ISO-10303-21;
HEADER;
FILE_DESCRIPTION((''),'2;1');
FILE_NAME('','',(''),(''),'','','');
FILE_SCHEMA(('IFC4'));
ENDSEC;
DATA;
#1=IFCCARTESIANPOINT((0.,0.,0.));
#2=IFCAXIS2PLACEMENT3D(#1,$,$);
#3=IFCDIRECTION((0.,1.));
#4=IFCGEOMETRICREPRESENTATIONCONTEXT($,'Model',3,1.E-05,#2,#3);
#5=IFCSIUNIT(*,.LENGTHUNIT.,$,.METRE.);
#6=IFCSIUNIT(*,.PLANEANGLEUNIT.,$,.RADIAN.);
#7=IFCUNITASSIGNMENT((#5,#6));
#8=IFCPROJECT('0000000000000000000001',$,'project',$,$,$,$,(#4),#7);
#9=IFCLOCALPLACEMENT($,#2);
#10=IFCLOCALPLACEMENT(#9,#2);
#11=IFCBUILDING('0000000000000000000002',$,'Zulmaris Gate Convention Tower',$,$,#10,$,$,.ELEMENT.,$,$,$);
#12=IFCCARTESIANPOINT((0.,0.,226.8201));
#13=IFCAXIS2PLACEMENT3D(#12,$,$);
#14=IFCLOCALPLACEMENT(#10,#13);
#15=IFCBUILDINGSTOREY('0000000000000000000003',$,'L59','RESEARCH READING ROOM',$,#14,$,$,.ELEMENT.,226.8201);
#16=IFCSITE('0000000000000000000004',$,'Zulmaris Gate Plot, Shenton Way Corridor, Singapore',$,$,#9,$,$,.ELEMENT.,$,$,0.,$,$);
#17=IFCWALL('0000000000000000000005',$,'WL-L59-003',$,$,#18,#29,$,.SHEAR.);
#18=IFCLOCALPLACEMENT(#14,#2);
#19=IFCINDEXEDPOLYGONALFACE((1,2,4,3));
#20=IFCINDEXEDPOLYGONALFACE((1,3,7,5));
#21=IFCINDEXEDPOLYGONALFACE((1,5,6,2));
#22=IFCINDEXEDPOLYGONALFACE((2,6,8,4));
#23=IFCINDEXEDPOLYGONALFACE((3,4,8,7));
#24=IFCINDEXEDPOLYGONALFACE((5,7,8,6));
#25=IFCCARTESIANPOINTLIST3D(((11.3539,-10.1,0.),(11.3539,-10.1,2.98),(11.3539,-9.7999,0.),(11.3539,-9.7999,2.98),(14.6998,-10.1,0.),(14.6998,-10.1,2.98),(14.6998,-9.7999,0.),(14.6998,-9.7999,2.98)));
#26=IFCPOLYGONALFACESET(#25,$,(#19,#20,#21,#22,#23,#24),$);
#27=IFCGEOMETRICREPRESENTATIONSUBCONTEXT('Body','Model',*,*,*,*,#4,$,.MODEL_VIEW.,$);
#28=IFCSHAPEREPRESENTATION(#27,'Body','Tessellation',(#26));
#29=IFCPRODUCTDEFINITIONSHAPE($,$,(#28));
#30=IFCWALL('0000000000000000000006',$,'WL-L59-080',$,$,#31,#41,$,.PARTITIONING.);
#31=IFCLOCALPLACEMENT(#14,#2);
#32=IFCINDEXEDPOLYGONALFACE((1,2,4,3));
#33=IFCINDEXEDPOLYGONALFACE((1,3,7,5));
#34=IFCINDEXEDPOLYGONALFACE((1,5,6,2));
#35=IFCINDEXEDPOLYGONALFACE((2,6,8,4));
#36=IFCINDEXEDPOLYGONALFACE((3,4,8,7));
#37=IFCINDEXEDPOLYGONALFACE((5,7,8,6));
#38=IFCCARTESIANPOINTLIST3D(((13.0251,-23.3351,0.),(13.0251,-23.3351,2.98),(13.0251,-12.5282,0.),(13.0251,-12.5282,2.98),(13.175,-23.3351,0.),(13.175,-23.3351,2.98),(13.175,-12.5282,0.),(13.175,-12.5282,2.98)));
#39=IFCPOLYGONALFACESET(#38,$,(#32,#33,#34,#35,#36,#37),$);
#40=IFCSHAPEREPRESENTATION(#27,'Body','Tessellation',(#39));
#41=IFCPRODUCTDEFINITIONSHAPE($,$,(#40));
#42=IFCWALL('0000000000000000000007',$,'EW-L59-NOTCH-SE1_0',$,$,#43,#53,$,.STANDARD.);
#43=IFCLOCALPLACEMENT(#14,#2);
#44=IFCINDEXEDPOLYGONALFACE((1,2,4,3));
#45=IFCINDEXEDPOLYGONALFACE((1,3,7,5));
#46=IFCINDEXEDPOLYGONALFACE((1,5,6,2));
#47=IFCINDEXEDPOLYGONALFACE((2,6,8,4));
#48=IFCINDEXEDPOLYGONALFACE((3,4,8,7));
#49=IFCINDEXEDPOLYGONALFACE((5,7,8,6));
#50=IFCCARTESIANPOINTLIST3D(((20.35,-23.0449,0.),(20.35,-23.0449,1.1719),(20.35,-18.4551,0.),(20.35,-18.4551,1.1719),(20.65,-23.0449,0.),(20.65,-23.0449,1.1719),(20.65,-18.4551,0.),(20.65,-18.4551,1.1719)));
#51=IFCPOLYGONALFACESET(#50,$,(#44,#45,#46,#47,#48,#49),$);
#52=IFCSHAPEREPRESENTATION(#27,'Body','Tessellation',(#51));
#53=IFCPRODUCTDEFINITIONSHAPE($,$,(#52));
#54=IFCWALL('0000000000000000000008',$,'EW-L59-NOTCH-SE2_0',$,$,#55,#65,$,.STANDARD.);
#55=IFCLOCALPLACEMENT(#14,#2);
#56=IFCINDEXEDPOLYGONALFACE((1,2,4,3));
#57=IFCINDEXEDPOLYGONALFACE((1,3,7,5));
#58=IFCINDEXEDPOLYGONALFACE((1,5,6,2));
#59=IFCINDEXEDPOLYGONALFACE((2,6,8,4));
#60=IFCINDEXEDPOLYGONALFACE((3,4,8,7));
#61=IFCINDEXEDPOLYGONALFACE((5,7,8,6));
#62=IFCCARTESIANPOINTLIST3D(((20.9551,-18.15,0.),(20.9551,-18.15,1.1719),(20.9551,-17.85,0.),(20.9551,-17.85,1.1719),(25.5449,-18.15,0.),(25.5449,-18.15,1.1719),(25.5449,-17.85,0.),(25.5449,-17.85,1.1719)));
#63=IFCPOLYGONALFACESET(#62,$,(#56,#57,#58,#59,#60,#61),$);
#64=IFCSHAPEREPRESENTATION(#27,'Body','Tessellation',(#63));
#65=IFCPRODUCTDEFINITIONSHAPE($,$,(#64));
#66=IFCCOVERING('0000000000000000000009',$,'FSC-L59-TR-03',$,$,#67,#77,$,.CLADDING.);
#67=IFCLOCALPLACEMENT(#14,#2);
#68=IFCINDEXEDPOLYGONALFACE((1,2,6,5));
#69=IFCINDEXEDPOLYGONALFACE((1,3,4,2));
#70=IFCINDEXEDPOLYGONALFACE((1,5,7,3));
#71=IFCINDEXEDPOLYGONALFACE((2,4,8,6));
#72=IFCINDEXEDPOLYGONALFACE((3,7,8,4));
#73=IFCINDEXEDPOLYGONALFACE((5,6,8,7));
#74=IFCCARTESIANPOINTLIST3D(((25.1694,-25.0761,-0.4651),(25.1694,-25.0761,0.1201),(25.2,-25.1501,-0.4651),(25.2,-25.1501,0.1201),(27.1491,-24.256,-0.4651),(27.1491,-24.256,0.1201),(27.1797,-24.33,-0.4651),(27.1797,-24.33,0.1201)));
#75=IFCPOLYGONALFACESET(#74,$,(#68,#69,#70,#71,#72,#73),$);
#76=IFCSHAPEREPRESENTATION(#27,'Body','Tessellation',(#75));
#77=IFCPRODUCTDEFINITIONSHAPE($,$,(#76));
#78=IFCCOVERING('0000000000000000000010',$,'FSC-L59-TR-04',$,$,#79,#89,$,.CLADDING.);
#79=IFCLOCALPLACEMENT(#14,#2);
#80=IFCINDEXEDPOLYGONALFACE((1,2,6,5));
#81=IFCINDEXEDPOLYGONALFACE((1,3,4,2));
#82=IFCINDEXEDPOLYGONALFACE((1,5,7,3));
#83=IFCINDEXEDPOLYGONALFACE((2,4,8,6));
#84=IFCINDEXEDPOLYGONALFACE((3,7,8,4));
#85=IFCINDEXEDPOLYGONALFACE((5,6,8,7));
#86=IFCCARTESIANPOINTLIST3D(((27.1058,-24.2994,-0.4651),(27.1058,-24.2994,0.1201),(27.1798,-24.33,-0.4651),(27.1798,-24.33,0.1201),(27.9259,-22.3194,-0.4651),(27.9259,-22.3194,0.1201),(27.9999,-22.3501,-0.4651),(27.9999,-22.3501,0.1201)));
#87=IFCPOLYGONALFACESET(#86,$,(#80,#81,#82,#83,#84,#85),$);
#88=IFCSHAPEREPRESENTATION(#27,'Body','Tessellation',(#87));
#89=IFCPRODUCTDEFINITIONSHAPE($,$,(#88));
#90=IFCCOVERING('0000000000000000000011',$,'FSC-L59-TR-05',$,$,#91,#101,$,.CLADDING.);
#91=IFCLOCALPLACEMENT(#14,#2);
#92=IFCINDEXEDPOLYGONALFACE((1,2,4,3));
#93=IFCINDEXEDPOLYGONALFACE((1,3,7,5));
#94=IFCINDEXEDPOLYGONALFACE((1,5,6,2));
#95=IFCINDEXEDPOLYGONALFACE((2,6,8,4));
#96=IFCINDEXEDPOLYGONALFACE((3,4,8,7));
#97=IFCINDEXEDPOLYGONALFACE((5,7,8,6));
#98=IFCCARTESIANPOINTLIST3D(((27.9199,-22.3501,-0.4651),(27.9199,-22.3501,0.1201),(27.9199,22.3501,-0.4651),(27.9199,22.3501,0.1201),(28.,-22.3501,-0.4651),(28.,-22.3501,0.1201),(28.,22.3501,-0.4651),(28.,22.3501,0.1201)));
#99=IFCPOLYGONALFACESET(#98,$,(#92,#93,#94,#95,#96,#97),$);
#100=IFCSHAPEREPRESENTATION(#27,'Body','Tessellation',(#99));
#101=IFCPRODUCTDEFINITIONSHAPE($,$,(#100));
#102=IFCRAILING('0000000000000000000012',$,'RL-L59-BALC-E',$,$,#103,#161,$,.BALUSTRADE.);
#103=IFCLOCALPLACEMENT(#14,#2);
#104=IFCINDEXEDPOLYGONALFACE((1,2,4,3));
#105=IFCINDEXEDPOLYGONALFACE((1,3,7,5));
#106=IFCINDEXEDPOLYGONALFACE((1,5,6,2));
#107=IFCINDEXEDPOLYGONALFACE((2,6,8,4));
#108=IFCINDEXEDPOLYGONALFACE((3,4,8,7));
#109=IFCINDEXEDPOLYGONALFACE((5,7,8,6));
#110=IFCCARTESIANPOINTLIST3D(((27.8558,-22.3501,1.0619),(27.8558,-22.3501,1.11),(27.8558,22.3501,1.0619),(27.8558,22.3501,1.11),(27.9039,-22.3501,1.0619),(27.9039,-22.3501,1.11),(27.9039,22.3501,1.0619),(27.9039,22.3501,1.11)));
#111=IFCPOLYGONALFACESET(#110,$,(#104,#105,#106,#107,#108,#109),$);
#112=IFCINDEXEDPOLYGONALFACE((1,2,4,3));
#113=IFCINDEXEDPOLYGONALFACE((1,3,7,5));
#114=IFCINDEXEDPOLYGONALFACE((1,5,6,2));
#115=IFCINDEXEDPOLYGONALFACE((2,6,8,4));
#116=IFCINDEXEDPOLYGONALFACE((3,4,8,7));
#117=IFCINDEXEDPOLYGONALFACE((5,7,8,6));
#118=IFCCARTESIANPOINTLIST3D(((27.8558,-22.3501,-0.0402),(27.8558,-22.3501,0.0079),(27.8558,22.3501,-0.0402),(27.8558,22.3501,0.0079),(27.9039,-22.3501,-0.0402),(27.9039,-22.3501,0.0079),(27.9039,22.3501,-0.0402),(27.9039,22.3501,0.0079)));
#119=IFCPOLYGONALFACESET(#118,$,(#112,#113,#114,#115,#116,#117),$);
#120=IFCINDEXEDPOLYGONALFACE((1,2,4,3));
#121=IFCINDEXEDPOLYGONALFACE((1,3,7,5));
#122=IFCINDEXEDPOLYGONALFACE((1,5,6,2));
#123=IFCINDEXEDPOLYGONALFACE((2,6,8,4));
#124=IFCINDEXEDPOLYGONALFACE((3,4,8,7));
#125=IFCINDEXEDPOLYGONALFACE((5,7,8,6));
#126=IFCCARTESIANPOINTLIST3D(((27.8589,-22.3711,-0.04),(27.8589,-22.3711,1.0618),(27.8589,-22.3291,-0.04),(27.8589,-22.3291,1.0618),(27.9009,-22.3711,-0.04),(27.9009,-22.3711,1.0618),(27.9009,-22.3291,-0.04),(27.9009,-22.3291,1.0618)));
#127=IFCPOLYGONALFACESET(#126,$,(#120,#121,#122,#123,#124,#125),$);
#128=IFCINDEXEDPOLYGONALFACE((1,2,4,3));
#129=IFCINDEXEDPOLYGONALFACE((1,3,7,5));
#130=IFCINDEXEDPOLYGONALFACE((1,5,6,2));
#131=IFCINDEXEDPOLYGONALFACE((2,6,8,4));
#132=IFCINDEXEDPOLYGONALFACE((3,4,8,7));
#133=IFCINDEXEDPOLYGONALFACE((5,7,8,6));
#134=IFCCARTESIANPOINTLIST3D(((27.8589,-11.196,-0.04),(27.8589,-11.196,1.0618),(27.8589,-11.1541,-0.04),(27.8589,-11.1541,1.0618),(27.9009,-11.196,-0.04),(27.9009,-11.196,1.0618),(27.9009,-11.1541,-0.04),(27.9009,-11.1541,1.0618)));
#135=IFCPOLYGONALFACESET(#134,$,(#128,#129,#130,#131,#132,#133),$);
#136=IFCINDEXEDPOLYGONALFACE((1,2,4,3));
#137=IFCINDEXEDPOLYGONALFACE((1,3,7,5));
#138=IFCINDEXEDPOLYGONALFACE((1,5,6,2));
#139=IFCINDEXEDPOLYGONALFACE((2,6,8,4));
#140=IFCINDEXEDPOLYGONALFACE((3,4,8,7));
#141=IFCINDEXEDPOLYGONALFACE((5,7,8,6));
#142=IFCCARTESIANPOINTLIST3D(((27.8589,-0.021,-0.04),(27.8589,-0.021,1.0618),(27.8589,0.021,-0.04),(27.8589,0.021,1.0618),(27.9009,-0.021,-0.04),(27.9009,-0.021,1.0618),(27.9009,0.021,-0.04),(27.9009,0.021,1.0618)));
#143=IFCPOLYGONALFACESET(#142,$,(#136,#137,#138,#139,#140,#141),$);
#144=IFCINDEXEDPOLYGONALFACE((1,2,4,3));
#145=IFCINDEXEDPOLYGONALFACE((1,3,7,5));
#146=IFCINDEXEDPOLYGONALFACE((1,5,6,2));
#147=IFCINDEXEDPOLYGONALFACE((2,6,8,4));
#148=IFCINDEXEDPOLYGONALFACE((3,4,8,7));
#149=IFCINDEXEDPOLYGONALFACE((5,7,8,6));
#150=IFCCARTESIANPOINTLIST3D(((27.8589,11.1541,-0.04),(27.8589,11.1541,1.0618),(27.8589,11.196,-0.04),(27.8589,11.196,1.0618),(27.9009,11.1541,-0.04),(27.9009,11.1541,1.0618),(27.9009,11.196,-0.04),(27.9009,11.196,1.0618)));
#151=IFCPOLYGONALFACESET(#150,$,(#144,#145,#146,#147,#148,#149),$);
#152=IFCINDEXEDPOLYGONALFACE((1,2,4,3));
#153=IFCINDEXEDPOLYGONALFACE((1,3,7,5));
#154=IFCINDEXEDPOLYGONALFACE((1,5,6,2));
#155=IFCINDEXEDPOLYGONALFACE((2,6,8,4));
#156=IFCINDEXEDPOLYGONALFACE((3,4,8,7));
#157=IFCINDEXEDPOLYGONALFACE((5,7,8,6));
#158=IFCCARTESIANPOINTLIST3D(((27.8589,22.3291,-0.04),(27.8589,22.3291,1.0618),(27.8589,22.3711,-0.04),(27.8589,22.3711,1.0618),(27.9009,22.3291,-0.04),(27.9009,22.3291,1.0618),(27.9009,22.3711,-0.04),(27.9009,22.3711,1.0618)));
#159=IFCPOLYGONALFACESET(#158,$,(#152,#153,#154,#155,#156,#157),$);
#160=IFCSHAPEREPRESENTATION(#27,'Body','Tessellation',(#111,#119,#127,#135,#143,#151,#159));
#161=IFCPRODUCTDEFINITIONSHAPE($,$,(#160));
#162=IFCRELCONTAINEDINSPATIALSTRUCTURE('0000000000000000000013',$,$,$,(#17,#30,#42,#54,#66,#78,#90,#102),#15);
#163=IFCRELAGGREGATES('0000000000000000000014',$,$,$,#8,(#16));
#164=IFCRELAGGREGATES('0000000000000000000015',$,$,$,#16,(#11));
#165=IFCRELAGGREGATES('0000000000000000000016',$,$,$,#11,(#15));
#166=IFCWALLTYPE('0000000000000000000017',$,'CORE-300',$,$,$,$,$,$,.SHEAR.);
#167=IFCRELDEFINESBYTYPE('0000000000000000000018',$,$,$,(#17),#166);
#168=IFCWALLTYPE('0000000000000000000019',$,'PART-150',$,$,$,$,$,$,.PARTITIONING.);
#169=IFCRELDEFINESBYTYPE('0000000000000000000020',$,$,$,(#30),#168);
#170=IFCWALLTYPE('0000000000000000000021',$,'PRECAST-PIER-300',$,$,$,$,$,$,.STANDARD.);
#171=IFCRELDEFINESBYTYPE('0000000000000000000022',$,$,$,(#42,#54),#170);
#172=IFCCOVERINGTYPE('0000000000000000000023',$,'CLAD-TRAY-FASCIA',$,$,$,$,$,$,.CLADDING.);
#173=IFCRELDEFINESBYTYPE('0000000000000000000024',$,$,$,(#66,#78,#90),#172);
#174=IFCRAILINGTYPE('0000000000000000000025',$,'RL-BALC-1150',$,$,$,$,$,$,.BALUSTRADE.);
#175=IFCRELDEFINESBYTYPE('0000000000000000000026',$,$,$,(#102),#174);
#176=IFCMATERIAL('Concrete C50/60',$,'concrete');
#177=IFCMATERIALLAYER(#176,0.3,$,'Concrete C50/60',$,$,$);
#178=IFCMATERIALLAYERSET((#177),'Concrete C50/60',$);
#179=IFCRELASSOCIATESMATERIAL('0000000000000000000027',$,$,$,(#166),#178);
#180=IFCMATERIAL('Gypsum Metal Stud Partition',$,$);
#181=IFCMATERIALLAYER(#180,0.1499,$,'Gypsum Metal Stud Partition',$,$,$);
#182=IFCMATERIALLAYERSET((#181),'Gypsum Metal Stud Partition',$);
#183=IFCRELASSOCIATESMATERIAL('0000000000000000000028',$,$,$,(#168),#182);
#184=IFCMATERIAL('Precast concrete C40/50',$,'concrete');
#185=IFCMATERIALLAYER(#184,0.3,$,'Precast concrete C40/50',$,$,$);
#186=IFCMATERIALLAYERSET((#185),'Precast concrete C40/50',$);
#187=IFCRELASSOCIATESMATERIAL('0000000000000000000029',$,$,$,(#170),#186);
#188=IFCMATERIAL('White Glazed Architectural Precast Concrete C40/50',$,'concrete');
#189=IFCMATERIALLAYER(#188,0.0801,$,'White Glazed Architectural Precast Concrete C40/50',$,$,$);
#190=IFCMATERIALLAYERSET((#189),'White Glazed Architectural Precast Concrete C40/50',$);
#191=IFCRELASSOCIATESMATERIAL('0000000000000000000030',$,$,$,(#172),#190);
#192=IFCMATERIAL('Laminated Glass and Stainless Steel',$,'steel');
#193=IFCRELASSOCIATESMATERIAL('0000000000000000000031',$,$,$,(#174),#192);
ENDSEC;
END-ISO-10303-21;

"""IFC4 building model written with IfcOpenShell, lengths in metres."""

from ifc_helpers import new_model, si_unit, direction, frame, frame_2d, origin, origin_2d, place, context, subcontext, project, spatial, rectangle, extrude, material, layer, layer_set, type_object, element, save


model = new_model("IFC4")

# Units and contexts
model_context = context("Model", 3, precision=1e-05, world=origin(), true_north=direction((0.0, 1.0)))
body_context = subcontext(model_context, "Body", "Model", "MODEL_VIEW")
ifc_project = project(units=[si_unit("LENGTHUNIT", "METRE"), si_unit("PLANEANGLEUNIT", "RADIAN")], contexts=[model_context])

# Site, building, storey
site_placement = place(None, origin())
site = spatial("IfcSite", under=ifc_project, at=site_placement, Name="Zulmaris Gate Plot, Shenton Way Corridor, Singapore", CompositionType="ELEMENT", RefElevation=0.0)
building_placement = place(site_placement, origin())
building = spatial("IfcBuilding", under=site, at=building_placement, Name="Zulmaris Gate Convention Tower", CompositionType="ELEMENT")
storey_placement = place(building_placement, frame((0.0, 0.0, 226.8201)))
storey = spatial("IfcBuildingStorey", under=building, at=storey_placement, Name="L59", Description="RESEARCH READING ROOM", CompositionType="ELEMENT", Elevation=226.8201)

# Shared definitions
ifc_material_1 = material(Name="Concrete C50/60", Category="concrete")

# Wall
ifc_layer_1 = layer(ifc_material_1, 0.3, Name="Concrete C50/60")
ifc_layer_set_1 = layer_set([ifc_layer_1], Name="Concrete C50/60")
wall_type_1 = type_object("IfcWallType", Name="CORE-300", PredefinedType="SHEAR", material=ifc_layer_set_1)
wall_1_placement = place(storey_placement, frame((11.354, -9.95, 0.0), z_axis=(0.0, 0.0, 1.0), x_axis=(1.0, 0.0, 0.0)))
element("IfcWall", 1, at=wall_1_placement, inside=storey, type_object=wall_type_1, Name="WL-L59-003", PredefinedType="SHEAR", context=body_context, shape_type="SweptSolid", body=[
    extrude(rectangle(XDim=3.3459, YDim=0.3, at=frame_2d((1.6729, 0.0))), origin(), (0.0, 0.0, 1.0), 2.98),
])

# Wall
ifc_material_2 = material(Name="Gypsum Metal Stud Partition")
ifc_layer_2 = layer(ifc_material_2, 0.1499, Name="Gypsum Metal Stud Partition")
ifc_layer_set_2 = layer_set([ifc_layer_2], Name="Gypsum Metal Stud Partition")
wall_type_2 = type_object("IfcWallType", Name="PART-150", PredefinedType="PARTITIONING", material=ifc_layer_set_2)
wall_2_placement = place(storey_placement, frame((13.1001, -23.335, 0.0), z_axis=(0.0, 0.0, 1.0), x_axis=(0.0, 1.0, 0.0)))
element("IfcWall", 2, at=wall_2_placement, inside=storey, type_object=wall_type_2, Name="WL-L59-080", PredefinedType="PARTITIONING", context=body_context, shape_type="SweptSolid", body=[
    extrude(rectangle(XDim=10.8069, YDim=0.1499, at=frame_2d((5.4033, 0.0))), origin(), (0.0, 0.0, 1.0), 2.98),
])

# Walls
ifc_material_3 = material(Name="Precast concrete C40/50", Category="concrete")
ifc_layer_3 = layer(ifc_material_3, 0.3, Name="Precast concrete C40/50")
ifc_layer_set_3 = layer_set([ifc_layer_3], Name="Precast concrete C40/50")
wall_type_3 = type_object("IfcWallType", Name="PRECAST-PIER-300", PredefinedType="STANDARD", material=ifc_layer_set_3)
for number, where, z_axis, x_axis, name in (
    (3, (20.5, -23.0449, 0.0), (0.0, 0.0, 1.0), (0.0, 1.0, 0.0), "EW-L59-NOTCH-SE1_0"),
    (4, (20.9551, -18.0, 0.0), (0.0, 0.0, 1.0), (1.0, 0.0, 0.0), "EW-L59-NOTCH-SE2_0"),
):
    element("IfcWall", number, at=place(storey_placement, frame(where, z_axis=z_axis, x_axis=x_axis)), inside=storey, type_object=wall_type_3, Name=name, PredefinedType="STANDARD", context=body_context, shape_type="SweptSolid", body=[
        extrude(rectangle(XDim=4.5898, YDim=0.3, at=frame_2d((2.2949, 0.0))), origin(), (0.0, 0.0, 1.0), 1.1719),
    ])

# Coverings
ifc_material_4 = material(Name="White Glazed Architectural Precast Concrete C40/50", Category="concrete")
ifc_layer_4 = layer(ifc_material_4, 0.0801, Name="White Glazed Architectural Precast Concrete C40/50")
ifc_layer_set_4 = layer_set([ifc_layer_4], Name="White Glazed Architectural Precast Concrete C40/50")
covering_type = type_object("IfcCoveringType", Name="CLAD-TRAY-FASCIA", PredefinedType="CLADDING", material=ifc_layer_set_4)
covering_1_placement = place(storey_placement, frame((25.1848, -25.113, -0.4651), z_axis=(0.0, 0.0, 1.0), x_axis=(0.923874, 0.382697, 0.0)))
element("IfcCovering", 5, at=covering_1_placement, inside=storey, type_object=covering_type, Name="FSC-L59-TR-03", PredefinedType="CLADDING", context=body_context, shape_type="SweptSolid", body=[
    extrude(rectangle(XDim=2.1428, YDim=0.0801, at=frame_2d((1.0713, 0.0))), origin(), (0.0, 0.0, 1.0), 0.5852),
])
covering_2_placement = place(storey_placement, frame((27.1428, -24.3147, -0.4651), z_axis=(0.0, 0.0, 1.0), x_axis=(0.382657, 0.92389, 0.0)))
element("IfcCovering", 6, at=covering_2_placement, inside=storey, type_object=covering_type, Name="FSC-L59-TR-04", PredefinedType="CLADDING", context=body_context, shape_type="SweptSolid", body=[
    extrude(rectangle(XDim=2.1431, YDim=0.0801, at=frame_2d((1.0715, 0.0))), origin(), (0.0, 0.0, 1.0), 0.5852),
])
covering_3_placement = place(storey_placement, frame((27.96, -22.3501, -0.4651), z_axis=(0.0, 0.0, 1.0), x_axis=(0.0, 1.0, 0.0)))
element("IfcCovering", 7, at=covering_3_placement, inside=storey, type_object=covering_type, Name="FSC-L59-TR-05", PredefinedType="CLADDING", context=body_context, shape_type="SweptSolid", body=[
    extrude(rectangle(XDim=44.7002, YDim=0.0801, at=frame_2d((22.3501, 0.0))), origin(), (0.0, 0.0, 1.0), 0.5852),
])

# Railing
ifc_material_5 = material(Name="Laminated Glass and Stainless Steel", Category="steel")
railing_type = type_object("IfcRailingType", Name="RL-BALC-1150", PredefinedType="BALUSTRADE", material=ifc_material_5)
railing_placement = place(storey_placement, frame((27.8799, -22.3501, -0.04)))
element("IfcRailing", 8, at=railing_placement, inside=storey, type_object=railing_type, Name="RL-L59-BALC-E", PredefinedType="BALUSTRADE", context=body_context, shape_type="SweptSolid", body=[
    extrude(rectangle(XDim=0.0481, YDim=0.0481, at=origin_2d()), frame((0.0, 0.0, 1.126), z_axis=(0.0, 1.0, 0.0), x_axis=(-1.0, 0.0, 0.0)), (0.0, 0.0, 1.0), 44.7002),
    extrude(rectangle(XDim=0.0481, YDim=0.0481, at=origin_2d()), frame((0.0, 0.0, 0.0239), z_axis=(0.0, 1.0, 0.0), x_axis=(-1.0, 0.0, 0.0)), (0.0, 0.0, 1.0), 44.7002),
    extrude(rectangle(XDim=0.042, YDim=0.042, at=origin_2d()), origin(), (0.0, 0.0, 1.0), 1.1018),
    extrude(rectangle(XDim=0.042, YDim=0.042, at=origin_2d()), frame((0.0, 11.175, 0.0)), (0.0, 0.0, 1.0), 1.1018),
    extrude(rectangle(XDim=0.042, YDim=0.042, at=origin_2d()), frame((0.0, 22.3501, 0.0)), (0.0, 0.0, 1.0), 1.1018),
    extrude(rectangle(XDim=0.042, YDim=0.042, at=origin_2d()), frame((0.0, 33.5251, 0.0)), (0.0, 0.0, 1.0), 1.1018),
    extrude(rectangle(XDim=0.042, YDim=0.042, at=origin_2d()), frame((0.0, 44.7002, 0.0)), (0.0, 0.0, 1.0), 1.1018),
])

save(model, "model.ifc")
